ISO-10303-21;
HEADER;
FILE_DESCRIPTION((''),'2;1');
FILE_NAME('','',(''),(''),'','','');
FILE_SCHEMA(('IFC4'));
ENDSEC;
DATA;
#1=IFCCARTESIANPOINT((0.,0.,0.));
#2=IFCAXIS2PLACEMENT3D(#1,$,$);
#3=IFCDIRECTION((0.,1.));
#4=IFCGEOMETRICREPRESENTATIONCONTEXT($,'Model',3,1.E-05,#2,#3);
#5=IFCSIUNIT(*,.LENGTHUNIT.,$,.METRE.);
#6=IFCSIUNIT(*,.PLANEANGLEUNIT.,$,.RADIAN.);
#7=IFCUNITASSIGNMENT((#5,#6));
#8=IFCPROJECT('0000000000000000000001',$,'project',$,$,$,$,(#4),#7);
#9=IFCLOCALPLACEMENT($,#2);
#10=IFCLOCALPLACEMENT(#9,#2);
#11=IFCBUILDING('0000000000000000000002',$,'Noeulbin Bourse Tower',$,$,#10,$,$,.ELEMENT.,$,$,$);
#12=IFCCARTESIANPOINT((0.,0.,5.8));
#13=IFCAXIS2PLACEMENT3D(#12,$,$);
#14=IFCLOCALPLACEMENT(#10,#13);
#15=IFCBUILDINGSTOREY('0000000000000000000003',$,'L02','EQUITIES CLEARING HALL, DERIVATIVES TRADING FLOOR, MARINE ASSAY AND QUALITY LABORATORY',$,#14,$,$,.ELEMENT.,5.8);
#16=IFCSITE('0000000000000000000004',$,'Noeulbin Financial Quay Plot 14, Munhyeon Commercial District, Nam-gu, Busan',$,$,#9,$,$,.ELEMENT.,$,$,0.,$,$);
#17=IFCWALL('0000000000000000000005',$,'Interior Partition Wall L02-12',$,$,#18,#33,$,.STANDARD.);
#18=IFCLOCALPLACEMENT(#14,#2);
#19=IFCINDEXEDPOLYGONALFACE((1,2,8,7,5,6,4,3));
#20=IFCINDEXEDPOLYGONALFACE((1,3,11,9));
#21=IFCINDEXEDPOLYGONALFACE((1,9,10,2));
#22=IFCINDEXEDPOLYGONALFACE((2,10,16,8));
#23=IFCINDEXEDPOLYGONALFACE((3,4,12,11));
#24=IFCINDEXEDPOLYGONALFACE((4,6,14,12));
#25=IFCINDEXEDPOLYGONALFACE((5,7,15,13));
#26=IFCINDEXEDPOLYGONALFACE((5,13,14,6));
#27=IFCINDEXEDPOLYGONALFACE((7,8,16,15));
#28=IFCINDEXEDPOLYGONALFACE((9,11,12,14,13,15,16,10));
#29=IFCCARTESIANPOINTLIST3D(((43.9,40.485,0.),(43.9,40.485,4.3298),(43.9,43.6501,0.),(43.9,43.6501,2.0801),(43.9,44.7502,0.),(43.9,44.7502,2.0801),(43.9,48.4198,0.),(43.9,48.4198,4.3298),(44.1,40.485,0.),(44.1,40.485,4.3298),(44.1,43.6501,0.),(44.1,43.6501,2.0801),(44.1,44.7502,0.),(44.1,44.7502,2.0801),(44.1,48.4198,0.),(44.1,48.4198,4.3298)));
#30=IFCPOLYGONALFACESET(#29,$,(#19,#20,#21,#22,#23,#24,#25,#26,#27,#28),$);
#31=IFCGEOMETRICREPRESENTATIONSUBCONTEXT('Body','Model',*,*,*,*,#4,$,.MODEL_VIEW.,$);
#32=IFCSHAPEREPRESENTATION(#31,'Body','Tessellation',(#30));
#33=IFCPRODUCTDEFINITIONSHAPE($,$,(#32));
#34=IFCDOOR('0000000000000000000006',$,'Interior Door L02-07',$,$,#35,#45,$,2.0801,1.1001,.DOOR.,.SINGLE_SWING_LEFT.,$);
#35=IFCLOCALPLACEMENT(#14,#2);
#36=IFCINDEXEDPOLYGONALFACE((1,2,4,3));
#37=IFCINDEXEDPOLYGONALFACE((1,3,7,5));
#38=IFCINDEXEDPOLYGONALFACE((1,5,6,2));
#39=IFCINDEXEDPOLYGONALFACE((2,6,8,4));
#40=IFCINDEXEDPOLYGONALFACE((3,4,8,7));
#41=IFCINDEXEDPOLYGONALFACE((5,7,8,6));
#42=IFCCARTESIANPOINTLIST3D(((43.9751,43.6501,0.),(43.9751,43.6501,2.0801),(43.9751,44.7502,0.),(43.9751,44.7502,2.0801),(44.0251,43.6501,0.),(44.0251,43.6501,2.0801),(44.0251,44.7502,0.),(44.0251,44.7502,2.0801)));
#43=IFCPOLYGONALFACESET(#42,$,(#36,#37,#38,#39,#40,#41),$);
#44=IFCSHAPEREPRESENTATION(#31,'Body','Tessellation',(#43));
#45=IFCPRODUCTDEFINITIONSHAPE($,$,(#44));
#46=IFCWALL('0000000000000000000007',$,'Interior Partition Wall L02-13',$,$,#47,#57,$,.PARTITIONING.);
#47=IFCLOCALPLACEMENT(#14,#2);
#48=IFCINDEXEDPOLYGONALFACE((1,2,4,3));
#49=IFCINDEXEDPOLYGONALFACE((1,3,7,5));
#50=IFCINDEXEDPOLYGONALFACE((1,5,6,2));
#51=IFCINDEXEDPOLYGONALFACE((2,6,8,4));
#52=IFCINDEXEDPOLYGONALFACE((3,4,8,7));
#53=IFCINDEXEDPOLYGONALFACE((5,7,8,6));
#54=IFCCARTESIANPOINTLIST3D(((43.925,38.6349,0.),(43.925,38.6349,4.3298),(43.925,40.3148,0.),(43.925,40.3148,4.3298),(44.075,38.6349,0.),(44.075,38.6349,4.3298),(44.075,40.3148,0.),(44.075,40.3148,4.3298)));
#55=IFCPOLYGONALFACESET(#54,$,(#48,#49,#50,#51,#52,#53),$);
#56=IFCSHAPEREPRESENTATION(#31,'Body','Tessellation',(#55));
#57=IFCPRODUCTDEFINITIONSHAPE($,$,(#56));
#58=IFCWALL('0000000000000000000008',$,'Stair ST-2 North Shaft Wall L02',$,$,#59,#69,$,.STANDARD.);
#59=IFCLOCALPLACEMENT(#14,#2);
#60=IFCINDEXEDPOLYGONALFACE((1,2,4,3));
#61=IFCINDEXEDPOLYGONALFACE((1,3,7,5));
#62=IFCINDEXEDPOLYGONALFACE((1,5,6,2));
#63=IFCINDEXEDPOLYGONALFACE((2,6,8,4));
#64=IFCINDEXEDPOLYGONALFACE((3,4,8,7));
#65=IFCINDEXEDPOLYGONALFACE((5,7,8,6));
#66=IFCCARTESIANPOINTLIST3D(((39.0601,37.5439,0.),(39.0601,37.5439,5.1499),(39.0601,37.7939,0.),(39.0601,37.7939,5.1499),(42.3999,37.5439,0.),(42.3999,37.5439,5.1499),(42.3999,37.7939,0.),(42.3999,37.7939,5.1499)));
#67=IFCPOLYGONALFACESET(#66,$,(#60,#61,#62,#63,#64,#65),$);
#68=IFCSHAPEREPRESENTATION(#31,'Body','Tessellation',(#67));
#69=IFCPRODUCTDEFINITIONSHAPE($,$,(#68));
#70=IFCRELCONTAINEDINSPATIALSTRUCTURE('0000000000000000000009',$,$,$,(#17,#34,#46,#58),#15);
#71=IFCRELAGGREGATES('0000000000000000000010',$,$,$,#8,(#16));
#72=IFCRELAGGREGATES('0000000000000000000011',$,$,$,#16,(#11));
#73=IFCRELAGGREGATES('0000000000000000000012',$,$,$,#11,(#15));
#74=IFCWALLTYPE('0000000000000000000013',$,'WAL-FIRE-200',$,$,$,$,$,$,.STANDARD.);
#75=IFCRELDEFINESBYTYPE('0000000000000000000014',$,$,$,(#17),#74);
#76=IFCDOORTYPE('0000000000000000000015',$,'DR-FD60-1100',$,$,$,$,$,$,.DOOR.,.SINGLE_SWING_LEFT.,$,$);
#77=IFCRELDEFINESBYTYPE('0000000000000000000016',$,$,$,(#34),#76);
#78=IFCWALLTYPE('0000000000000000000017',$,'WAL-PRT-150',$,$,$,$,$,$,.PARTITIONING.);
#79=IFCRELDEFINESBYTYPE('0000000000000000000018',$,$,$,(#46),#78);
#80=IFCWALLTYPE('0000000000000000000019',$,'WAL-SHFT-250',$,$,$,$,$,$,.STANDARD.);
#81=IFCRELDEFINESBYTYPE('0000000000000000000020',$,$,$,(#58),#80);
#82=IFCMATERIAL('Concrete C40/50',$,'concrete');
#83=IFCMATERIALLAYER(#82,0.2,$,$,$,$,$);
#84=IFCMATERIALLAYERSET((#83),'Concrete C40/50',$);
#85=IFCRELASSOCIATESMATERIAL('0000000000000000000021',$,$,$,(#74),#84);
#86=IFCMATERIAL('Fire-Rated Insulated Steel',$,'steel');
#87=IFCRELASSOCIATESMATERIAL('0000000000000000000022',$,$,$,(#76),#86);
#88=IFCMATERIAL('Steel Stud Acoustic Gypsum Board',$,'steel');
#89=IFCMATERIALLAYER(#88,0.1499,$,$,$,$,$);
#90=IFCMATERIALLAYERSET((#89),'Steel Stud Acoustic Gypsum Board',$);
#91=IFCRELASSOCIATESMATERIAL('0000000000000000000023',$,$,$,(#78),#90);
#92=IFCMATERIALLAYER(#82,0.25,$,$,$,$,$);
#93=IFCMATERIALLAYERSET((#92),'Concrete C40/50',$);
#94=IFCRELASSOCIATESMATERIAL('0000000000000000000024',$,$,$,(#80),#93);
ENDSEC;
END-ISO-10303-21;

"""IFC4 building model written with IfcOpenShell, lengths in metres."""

from ifc_helpers import new_model, si_unit, direction, frame, frame_2d, origin, place, context, subcontext, project, spatial, rectangle, extrude, material, layer, layer_set, type_object, element, fill, save


model = new_model("IFC4")

# Units and contexts
model_context = context("Model", 3, precision=1e-05, world=origin(), true_north=direction((0.0, 1.0)))
body_context = subcontext(model_context, "Body", "Model", "MODEL_VIEW")
ifc_project = project(units=[si_unit("LENGTHUNIT", "METRE"), si_unit("PLANEANGLEUNIT", "RADIAN")], contexts=[model_context])

# Site, building, storey
site_placement = place(None, origin())
site = spatial("IfcSite", under=ifc_project, at=site_placement, Name="Noeulbin Financial Quay Plot 14, Munhyeon Commercial District, Nam-gu, Busan", CompositionType="ELEMENT", RefElevation=0.0)
building_placement = place(site_placement, origin())
building = spatial("IfcBuilding", under=site, at=building_placement, Name="Noeulbin Bourse Tower", CompositionType="ELEMENT")
storey_placement = place(building_placement, frame((0.0, 0.0, 5.8)))
storey = spatial("IfcBuildingStorey", under=building, at=storey_placement, Name="L02", Description="EQUITIES CLEARING HALL, DERIVATIVES TRADING FLOOR, MARINE ASSAY AND QUALITY LABORATORY", CompositionType="ELEMENT", Elevation=5.8)

# Wall, opening, door
ifc_material_1 = material(Name="Concrete C40/50", Category="concrete")
ifc_layer_1 = layer(ifc_material_1, 0.2)
ifc_layer_set_1 = layer_set([ifc_layer_1], Name="Concrete C40/50")
wall_type_1 = type_object("IfcWallType", Name="WAL-FIRE-200", PredefinedType="STANDARD", material=ifc_layer_set_1)
wall_1_placement = place(storey_placement, frame((44.0, 40.4851, 0.0), z_axis=(0.0, 0.0, 1.0), x_axis=(0.0, 1.0, 0.0)))
wall_1 = element("IfcWall", 1, at=wall_1_placement, inside=storey, type_object=wall_type_1, Name="Interior Partition Wall L02-12", PredefinedType="STANDARD", context=body_context, shape_type="SweptSolid", body=[
    extrude(rectangle(XDim=7.9348, YDim=0.2, at=frame_2d((3.9673, 0.0))), origin(), (0.0, 0.0, 1.0), 4.3298),
])
opening_placement = place(wall_1_placement, frame((3.165, 0.0, 0.0)))
opening = element("IfcOpeningElement", 2, at=opening_placement, cuts=wall_1, PredefinedType="OPENING", context=body_context, shape_type="SweptSolid", body=[
    extrude(rectangle(XDim=1.1001, YDim=2.0801, at=frame_2d((0.55, 1.04))), frame((0.0, 0.1099, 0.0), z_axis=(0.0, -1.0, 0.0), x_axis=(1.0, 0.0, 0.0)), (0.0, 0.0, 1.0), 0.22),
])
ifc_material_2 = material(Name="Fire-Rated Insulated Steel", Category="steel")
door_type = type_object("IfcDoorType", Name="DR-FD60-1100", OperationType="SINGLE_SWING_LEFT", PredefinedType="DOOR", material=ifc_material_2)
door_placement = place(opening_placement, origin())
door = element("IfcDoor", 3, at=door_placement, inside=storey, type_object=door_type, Name="Interior Door L02-07", OperationType="SINGLE_SWING_LEFT", OverallHeight=2.0801, OverallWidth=1.1001, PredefinedType="DOOR", context=body_context, shape_type="SweptSolid", body=[
    extrude(rectangle(XDim=1.1001, YDim=2.0801, at=frame_2d((0.55, 1.04))), frame((0.0, 0.0249, 0.0), z_axis=(0.0, -1.0, 0.0), x_axis=(1.0, 0.0, 0.0)), (0.0, 0.0, 1.0), 0.05),
])
fill(opening, door)

# Walls
ifc_material_3 = material(Name="Steel Stud Acoustic Gypsum Board", Category="steel")
ifc_layer_2 = layer(ifc_material_3, 0.1499)
ifc_layer_set_2 = layer_set([ifc_layer_2], Name="Steel Stud Acoustic Gypsum Board")
wall_type_2 = type_object("IfcWallType", Name="WAL-PRT-150", PredefinedType="PARTITIONING", material=ifc_layer_set_2)
wall_2_placement = place(storey_placement, frame((44.0, 38.635, 0.0), z_axis=(0.0, 0.0, 1.0), x_axis=(0.0, 1.0, 0.0)))
element("IfcWall", 4, at=wall_2_placement, inside=storey, type_object=wall_type_2, Name="Interior Partition Wall L02-13", PredefinedType="PARTITIONING", context=body_context, shape_type="SweptSolid", body=[
    extrude(rectangle(XDim=1.6799, YDim=0.1499, at=frame_2d((0.8398, 0.0))), origin(), (0.0, 0.0, 1.0), 4.3298),
])
ifc_layer_3 = layer(ifc_material_1, 0.25)
ifc_layer_set_3 = layer_set([ifc_layer_3], Name="Concrete C40/50")
wall_type_3 = type_object("IfcWallType", Name="WAL-SHFT-250", PredefinedType="STANDARD", material=ifc_layer_set_3)
wall_3_placement = place(storey_placement, frame((39.0601, 37.6689, 0.0), z_axis=(0.0, 0.0, 1.0), x_axis=(1.0, 0.0, 0.0)))
element("IfcWall", 5, at=wall_3_placement, inside=storey, type_object=wall_type_3, Name="Stair ST-2 North Shaft Wall L02", PredefinedType="STANDARD", context=body_context, shape_type="SweptSolid", body=[
    extrude(rectangle(XDim=3.3398, YDim=0.25, at=frame_2d((1.6699, 0.0))), origin(), (0.0, 0.0, 1.0), 5.1499),
])

save(model, "model.ifc")
